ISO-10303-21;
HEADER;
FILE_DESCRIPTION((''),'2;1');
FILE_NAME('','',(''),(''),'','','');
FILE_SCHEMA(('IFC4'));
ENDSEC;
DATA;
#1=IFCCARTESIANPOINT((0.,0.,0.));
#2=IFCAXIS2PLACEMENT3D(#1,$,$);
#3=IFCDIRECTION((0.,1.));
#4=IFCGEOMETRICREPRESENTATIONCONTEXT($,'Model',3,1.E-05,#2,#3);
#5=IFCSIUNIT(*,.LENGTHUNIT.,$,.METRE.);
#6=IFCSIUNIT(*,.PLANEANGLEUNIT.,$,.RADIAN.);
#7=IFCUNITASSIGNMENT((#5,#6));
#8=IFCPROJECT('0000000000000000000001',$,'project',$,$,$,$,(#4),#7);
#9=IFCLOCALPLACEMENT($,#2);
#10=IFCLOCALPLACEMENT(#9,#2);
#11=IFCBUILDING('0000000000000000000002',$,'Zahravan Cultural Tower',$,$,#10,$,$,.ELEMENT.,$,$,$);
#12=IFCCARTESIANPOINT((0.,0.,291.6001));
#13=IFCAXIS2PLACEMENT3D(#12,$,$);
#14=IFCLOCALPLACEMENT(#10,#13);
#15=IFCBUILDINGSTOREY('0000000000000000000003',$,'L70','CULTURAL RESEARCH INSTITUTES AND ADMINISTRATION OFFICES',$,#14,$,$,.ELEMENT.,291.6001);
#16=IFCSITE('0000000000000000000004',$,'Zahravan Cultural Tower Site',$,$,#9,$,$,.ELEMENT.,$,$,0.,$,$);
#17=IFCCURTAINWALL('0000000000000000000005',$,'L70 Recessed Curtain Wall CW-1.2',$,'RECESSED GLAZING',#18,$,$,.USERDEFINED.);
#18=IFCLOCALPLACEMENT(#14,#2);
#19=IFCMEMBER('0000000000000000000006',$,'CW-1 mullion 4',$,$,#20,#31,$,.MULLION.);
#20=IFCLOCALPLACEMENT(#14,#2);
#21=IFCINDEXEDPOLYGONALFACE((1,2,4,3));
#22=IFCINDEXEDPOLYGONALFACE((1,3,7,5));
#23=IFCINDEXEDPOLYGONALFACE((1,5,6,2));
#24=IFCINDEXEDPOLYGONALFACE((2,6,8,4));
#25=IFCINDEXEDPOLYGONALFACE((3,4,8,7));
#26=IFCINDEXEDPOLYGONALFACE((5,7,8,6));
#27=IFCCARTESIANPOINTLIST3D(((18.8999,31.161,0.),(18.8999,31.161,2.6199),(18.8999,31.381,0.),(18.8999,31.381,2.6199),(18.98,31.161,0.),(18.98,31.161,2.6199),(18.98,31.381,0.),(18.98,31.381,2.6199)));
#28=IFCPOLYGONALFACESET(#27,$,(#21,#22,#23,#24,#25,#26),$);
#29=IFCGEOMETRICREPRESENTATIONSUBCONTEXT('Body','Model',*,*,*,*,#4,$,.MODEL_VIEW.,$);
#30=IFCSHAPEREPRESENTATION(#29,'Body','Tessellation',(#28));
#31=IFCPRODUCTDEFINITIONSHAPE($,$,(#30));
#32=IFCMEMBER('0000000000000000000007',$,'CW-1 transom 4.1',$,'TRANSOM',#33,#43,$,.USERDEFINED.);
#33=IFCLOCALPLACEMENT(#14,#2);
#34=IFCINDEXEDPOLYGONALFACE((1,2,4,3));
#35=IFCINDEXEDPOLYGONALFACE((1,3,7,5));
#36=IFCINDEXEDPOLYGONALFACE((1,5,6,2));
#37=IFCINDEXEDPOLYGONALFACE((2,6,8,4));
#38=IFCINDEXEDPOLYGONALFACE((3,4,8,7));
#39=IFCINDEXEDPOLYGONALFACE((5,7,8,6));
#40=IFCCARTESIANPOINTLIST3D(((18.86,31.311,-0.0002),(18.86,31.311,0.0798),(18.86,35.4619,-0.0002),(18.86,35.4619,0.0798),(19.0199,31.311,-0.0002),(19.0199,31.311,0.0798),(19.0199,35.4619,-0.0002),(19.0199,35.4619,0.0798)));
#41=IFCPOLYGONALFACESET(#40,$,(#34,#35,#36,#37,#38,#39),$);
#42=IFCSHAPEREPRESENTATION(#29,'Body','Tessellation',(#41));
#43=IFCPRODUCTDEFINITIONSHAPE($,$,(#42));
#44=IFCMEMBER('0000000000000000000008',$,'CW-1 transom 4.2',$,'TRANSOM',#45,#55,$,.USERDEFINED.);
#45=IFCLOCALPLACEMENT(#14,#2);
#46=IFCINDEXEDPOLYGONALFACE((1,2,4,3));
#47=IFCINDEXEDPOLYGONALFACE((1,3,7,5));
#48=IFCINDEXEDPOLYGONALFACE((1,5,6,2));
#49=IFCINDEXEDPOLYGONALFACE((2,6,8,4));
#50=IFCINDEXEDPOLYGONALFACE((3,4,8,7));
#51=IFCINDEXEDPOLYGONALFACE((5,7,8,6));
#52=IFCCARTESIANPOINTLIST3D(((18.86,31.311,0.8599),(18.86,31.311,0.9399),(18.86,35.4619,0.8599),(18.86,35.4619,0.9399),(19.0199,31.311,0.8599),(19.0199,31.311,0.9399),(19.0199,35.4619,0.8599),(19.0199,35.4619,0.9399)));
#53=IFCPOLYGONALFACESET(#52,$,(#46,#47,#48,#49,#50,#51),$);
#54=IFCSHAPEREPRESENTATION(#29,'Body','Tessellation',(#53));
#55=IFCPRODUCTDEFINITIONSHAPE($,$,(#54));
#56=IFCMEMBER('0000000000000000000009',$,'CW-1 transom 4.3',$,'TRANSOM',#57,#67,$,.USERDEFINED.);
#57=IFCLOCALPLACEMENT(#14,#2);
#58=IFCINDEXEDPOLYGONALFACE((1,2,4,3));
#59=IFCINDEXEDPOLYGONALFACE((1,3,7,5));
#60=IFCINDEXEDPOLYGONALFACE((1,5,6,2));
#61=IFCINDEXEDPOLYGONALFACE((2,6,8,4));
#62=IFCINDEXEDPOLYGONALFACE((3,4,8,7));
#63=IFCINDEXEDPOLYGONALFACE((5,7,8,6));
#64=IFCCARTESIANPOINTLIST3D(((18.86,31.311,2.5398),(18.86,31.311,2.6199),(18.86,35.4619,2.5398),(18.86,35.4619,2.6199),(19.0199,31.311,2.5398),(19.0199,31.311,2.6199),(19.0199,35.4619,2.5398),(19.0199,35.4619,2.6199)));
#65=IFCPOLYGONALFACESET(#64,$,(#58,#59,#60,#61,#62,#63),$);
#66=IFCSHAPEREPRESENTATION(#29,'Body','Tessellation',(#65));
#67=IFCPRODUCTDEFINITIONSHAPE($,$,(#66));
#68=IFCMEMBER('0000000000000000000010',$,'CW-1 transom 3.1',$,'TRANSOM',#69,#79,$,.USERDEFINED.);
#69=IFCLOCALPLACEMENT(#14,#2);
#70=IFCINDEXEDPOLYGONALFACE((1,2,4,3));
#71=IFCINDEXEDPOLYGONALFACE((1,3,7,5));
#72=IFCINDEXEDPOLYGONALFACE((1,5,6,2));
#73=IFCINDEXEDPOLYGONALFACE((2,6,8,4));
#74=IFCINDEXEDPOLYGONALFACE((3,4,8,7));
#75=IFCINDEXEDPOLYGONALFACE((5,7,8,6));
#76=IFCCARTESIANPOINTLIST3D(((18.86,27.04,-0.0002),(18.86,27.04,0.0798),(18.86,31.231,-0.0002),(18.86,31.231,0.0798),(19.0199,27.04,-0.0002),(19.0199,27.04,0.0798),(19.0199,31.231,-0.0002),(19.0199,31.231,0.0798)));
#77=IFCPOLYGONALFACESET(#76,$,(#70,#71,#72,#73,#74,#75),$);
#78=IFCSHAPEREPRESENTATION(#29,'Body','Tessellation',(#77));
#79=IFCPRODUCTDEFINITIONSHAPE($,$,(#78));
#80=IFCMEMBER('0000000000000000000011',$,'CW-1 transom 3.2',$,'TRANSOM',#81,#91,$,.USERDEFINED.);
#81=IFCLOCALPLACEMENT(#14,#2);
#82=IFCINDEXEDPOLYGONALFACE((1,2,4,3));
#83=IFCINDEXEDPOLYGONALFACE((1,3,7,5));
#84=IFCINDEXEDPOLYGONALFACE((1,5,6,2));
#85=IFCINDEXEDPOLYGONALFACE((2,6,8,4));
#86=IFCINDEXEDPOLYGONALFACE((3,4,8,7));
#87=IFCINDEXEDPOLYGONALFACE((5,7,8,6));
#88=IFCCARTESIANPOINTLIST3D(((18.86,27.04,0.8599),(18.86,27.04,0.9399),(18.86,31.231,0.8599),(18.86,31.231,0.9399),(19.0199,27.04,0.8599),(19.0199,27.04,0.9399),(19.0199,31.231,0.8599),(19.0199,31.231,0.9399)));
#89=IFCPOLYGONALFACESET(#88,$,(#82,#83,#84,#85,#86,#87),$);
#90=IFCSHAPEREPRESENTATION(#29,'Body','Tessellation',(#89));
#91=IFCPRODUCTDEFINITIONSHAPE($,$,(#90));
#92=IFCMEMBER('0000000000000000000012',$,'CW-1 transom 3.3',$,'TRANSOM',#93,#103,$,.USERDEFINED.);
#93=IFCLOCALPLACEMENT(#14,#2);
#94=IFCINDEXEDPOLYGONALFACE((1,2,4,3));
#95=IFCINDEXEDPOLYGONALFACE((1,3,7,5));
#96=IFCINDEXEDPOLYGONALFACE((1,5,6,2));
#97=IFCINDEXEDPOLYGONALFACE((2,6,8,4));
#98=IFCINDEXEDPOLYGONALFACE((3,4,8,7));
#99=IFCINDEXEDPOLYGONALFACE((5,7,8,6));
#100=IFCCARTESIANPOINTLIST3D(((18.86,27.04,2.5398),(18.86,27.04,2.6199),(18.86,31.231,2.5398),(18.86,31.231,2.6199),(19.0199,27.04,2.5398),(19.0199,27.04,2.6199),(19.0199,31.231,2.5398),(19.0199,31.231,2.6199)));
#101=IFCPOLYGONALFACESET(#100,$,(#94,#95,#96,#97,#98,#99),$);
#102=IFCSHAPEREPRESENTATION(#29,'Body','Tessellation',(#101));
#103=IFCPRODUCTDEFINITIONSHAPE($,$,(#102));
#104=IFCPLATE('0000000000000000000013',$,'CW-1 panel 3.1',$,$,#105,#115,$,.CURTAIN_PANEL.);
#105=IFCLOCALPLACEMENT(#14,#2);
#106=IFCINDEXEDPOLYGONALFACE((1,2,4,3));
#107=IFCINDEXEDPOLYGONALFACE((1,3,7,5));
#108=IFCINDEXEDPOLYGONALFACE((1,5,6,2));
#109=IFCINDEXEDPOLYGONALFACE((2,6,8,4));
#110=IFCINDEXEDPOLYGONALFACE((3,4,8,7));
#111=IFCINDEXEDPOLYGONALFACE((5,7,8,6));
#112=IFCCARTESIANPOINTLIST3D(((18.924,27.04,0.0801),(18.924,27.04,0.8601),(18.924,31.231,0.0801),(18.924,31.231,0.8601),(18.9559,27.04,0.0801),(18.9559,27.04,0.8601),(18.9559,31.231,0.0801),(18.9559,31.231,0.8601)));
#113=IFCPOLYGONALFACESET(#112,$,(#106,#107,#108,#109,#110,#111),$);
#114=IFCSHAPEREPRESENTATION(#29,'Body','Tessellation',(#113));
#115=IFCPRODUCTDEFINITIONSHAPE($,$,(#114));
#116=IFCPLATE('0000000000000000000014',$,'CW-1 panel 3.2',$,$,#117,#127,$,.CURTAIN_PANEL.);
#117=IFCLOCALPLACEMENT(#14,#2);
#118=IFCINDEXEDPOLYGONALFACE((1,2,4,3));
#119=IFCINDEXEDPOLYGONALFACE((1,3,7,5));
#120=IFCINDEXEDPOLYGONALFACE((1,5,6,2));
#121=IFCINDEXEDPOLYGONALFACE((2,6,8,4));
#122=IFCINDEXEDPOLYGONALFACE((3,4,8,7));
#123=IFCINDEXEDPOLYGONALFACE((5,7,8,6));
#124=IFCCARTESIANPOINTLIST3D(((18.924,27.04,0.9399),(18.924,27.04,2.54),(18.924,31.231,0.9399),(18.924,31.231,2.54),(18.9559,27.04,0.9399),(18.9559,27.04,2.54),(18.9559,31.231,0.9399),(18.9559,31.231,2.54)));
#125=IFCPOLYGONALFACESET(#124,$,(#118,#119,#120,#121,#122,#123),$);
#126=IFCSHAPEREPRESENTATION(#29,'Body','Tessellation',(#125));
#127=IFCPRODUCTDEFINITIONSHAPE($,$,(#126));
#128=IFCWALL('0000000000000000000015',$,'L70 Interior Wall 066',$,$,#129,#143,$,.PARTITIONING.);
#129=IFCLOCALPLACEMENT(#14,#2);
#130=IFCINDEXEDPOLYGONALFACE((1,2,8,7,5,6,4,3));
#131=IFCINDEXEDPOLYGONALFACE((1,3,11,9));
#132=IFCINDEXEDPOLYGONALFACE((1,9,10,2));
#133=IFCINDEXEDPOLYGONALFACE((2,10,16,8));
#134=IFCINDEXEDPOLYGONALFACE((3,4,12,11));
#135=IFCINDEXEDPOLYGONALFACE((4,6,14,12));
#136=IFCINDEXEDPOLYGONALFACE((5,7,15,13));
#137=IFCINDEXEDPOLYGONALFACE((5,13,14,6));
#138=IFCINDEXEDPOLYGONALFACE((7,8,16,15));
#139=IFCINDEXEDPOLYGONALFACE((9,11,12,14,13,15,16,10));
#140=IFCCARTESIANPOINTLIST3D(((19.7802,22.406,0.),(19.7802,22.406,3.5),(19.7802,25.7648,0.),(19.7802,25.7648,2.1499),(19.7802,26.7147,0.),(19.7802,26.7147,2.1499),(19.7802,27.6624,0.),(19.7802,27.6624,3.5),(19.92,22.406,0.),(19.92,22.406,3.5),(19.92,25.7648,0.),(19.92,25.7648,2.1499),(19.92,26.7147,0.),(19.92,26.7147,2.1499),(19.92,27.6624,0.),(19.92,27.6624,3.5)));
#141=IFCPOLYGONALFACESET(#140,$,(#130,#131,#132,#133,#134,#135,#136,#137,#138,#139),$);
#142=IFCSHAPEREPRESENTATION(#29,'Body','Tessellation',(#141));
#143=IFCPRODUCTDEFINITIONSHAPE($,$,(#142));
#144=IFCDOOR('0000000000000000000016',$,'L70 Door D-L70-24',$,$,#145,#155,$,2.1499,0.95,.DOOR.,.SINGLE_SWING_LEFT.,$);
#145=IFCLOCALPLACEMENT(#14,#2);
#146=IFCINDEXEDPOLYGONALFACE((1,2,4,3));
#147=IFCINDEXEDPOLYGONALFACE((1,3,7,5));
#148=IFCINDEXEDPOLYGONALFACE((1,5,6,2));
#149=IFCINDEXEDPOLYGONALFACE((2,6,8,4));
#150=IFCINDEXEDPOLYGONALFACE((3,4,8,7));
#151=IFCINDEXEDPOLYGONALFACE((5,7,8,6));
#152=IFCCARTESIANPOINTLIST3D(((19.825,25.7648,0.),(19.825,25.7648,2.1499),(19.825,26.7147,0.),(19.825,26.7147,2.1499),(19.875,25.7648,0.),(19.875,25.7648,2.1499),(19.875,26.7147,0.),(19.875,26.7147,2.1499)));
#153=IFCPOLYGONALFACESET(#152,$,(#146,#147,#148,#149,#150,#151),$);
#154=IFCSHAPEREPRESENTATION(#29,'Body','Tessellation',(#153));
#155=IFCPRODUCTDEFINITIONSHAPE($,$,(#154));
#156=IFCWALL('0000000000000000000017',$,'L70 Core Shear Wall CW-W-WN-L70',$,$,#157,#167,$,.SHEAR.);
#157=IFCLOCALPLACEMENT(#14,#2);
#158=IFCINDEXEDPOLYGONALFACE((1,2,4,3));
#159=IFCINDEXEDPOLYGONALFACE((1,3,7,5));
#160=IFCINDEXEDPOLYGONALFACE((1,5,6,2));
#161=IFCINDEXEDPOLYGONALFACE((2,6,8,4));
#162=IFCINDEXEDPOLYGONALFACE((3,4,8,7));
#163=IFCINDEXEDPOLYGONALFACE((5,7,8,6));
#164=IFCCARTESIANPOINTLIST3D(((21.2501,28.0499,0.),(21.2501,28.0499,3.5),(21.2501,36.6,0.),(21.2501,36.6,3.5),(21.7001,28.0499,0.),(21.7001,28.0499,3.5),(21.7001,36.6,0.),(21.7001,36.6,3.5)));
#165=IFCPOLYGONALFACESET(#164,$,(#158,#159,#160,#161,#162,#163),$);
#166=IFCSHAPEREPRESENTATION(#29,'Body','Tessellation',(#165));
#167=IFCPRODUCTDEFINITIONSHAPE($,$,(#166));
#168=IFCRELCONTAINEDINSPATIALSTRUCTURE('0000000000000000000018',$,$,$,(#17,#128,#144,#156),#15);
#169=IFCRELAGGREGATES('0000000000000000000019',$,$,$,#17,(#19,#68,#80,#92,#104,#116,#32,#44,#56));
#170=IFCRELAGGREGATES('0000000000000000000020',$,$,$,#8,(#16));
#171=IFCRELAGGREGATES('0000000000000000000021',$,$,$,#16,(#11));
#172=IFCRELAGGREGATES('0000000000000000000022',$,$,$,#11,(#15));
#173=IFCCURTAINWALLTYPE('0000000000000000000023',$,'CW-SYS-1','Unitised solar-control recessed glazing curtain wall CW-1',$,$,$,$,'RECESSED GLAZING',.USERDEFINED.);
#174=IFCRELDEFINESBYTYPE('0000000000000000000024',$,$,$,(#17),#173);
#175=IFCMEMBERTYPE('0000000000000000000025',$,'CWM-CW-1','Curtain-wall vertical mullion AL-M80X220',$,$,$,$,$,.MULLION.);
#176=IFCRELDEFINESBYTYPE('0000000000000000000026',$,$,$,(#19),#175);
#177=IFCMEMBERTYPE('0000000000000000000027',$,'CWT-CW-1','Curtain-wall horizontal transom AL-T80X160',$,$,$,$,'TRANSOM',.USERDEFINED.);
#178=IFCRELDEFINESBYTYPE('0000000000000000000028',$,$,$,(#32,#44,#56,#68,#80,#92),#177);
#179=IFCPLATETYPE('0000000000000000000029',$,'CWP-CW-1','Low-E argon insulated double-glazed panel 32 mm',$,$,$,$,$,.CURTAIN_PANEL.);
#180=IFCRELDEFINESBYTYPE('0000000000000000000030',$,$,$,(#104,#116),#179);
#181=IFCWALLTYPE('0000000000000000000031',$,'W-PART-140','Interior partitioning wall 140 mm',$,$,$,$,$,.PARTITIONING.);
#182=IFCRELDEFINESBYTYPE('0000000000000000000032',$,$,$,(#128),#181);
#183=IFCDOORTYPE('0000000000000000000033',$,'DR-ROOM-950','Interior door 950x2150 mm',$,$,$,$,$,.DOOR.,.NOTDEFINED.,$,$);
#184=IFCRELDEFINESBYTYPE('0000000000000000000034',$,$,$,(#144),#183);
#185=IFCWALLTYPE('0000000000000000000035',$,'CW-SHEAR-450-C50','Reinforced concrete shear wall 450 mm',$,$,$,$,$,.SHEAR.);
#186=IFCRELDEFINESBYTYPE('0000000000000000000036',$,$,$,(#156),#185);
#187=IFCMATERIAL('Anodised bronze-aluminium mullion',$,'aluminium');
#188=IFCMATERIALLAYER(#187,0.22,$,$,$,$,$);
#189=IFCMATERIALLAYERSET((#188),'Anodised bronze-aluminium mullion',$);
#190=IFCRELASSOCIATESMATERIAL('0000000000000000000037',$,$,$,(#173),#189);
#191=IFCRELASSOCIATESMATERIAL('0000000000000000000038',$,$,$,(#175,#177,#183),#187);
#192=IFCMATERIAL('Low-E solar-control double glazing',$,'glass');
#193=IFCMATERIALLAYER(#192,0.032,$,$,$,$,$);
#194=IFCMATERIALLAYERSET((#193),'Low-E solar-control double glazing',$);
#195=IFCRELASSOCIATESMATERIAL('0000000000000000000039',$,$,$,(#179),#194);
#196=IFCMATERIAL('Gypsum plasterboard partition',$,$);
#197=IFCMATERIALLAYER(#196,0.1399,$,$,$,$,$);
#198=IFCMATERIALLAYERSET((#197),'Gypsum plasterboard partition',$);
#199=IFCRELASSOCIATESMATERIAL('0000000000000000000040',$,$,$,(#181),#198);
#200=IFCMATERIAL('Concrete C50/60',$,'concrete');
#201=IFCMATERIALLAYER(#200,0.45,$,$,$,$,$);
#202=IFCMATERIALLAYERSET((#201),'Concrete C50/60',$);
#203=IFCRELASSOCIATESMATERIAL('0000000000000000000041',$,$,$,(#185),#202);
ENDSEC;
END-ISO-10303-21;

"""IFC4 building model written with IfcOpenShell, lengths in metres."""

from ifc_helpers import new_model, si_unit, direction, frame, frame_2d, origin, origin_2d, place, context, subcontext, project, spatial, rectangle, extrude, source, transform, mapped, material, layer, layer_set, material_profile, profile_set, type_object, element, fill, aggregate, save


model = new_model("IFC4")

# Units and contexts
model_context = context("Model", 3, precision=1e-05, world=origin(), true_north=direction((0.0, 1.0)))
body_context = subcontext(model_context, "Body", "Model", "MODEL_VIEW")
ifc_project = project(units=[si_unit("LENGTHUNIT", "METRE"), si_unit("PLANEANGLEUNIT", "RADIAN")], contexts=[model_context])

# Site, building, storey
site_placement = place(None, origin())
site = spatial("IfcSite", under=ifc_project, at=site_placement, Name="Zahravan Cultural Tower Site", CompositionType="ELEMENT", RefElevation=0.0)
building_placement = place(site_placement, origin())
building = spatial("IfcBuilding", under=site, at=building_placement, Name="Zahravan Cultural Tower", CompositionType="ELEMENT")
storey_placement = place(building_placement, frame((0.0, 0.0, 291.6001)))
storey = spatial("IfcBuildingStorey", under=building, at=storey_placement, Name="L70", Description="CULTURAL RESEARCH INSTITUTES AND ADMINISTRATION OFFICES", CompositionType="ELEMENT", Elevation=291.6001)

# Curtain wall, members, plates
ifc_material_1 = material(Name="Anodised bronze-aluminium mullion", Category="aluminium")
ifc_layer_1 = layer(ifc_material_1, 0.22)
ifc_layer_set_1 = layer_set([ifc_layer_1], Name="Anodised bronze-aluminium mullion")
curtain_wall_type = type_object("IfcCurtainWallType", Name="CW-SYS-1", Description="Unitised solar-control recessed glazing curtain wall CW-1", ElementType="RECESSED GLAZING", PredefinedType="USERDEFINED", material=ifc_layer_set_1)
curtain_wall_placement = place(storey_placement, origin())
curtain_wall = element("IfcCurtainWall", 1, at=curtain_wall_placement, inside=storey, type_object=curtain_wall_type, Name="L70 Recessed Curtain Wall CW-1.2", ObjectType="RECESSED GLAZING", PredefinedType="USERDEFINED")
ifc_material_profile_1 = material_profile(ifc_material_1, rectangle(XDim=0.0801, YDim=0.22, at=origin_2d()), Name="AL-M80X220")
ifc_profile_set_1 = profile_set([ifc_material_profile_1], Name="Anodised bronze-aluminium mullion")
member_type_1 = type_object("IfcMemberType", Name="CWM-CW-1", Description="Curtain-wall vertical mullion AL-M80X220", PredefinedType="MULLION", material=ifc_profile_set_1)
shared_shape_1 = source(origin(), body_context, "Body", "SweptSolid", [
    extrude(rectangle(XDim=0.0801, YDim=0.22, at=origin_2d()), origin(), (0.0, 0.0, 1.0), 2.6199),
])
member_1_placement = place(storey_placement, frame((18.9399, 31.271, 0.0), z_axis=(0.0, 0.0, 1.0), x_axis=(-1.0, 0.0, 0.0)))
member_1 = element("IfcMember", 2, at=member_1_placement, type_object=member_type_1, Name="CW-1 mullion 4", PredefinedType="MULLION", context=body_context, shape_type="MappedRepresentation", body=[
    mapped(shared_shape_1, transform((0.0, 0.0, 0.0), x_axis=(1.0, 0.0, 0.0), y_axis=(0.0, 1.0, 0.0), z_axis=(0.0, 0.0, 1.0), scale=1.0)),
])
ifc_material_profile_2 = material_profile(ifc_material_1, rectangle(XDim=0.1599, YDim=0.0801, at=origin_2d()), Name="AL-T80X160")
ifc_profile_set_2 = profile_set([ifc_material_profile_2], Name="Anodised bronze-aluminium mullion")
member_type_2 = type_object("IfcMemberType", Name="CWT-CW-1", Description="Curtain-wall horizontal transom AL-T80X160", ElementType="TRANSOM", PredefinedType="USERDEFINED", material=ifc_profile_set_2)
shared_shape_2 = source(origin(), body_context, "Body", "SweptSolid", [
    extrude(rectangle(XDim=0.1599, YDim=0.0801, at=origin_2d()), origin(), (0.0, 0.0, 1.0), 4.1509),
])
member_2_placement = place(storey_placement, frame((18.9399, 31.311, 0.0398), z_axis=(0.0, 1.0, 0.0), x_axis=(-1.0, 0.0, 0.0)))
member_2 = element("IfcMember", 3, at=member_2_placement, type_object=member_type_2, Name="CW-1 transom 4.1", ObjectType="TRANSOM", PredefinedType="USERDEFINED", context=body_context, shape_type="MappedRepresentation", body=[
    mapped(shared_shape_2, transform((0.0, 0.0, 0.0), x_axis=(1.0, 0.0, 0.0), y_axis=(0.0, 1.0, 0.0), z_axis=(0.0, 0.0, 1.0), scale=1.0)),
])
member_3_placement = place(storey_placement, frame((18.9399, 31.311, 0.8999), z_axis=(0.0, 1.0, 0.0), x_axis=(-1.0, 0.0, 0.0)))
member_3 = element("IfcMember", 4, at=member_3_placement, type_object=member_type_2, Name="CW-1 transom 4.2", ObjectType="TRANSOM", PredefinedType="USERDEFINED", context=body_context, shape_type="MappedRepresentation", body=[
    mapped(shared_shape_2, transform((0.0, 0.0, 0.0), x_axis=(1.0, 0.0, 0.0), y_axis=(0.0, 1.0, 0.0), z_axis=(0.0, 0.0, 1.0), scale=1.0)),
])
member_4_placement = place(storey_placement, frame((18.9399, 31.311, 2.5798), z_axis=(0.0, 1.0, 0.0), x_axis=(-1.0, 0.0, 0.0)))
member_4 = element("IfcMember", 5, at=member_4_placement, type_object=member_type_2, Name="CW-1 transom 4.3", ObjectType="TRANSOM", PredefinedType="USERDEFINED", context=body_context, shape_type="MappedRepresentation", body=[
    mapped(shared_shape_2, transform((0.0, 0.0, 0.0), x_axis=(1.0, 0.0, 0.0), y_axis=(0.0, 1.0, 0.0), z_axis=(0.0, 0.0, 1.0), scale=1.0)),
])
shared_shape_3 = source(origin(), body_context, "Body", "SweptSolid", [
    extrude(rectangle(XDim=0.1599, YDim=0.0801, at=origin_2d()), origin(), (0.0, 0.0, 1.0), 4.1909),
])
member_5_placement = place(storey_placement, frame((18.9399, 27.04, 0.0398), z_axis=(0.0, 1.0, 0.0), x_axis=(-1.0, 0.0, 0.0)))
member_5 = element("IfcMember", 6, at=member_5_placement, type_object=member_type_2, Name="CW-1 transom 3.1", ObjectType="TRANSOM", PredefinedType="USERDEFINED", context=body_context, shape_type="MappedRepresentation", body=[
    mapped(shared_shape_3, transform((0.0, 0.0, 0.0), x_axis=(1.0, 0.0, 0.0), y_axis=(0.0, 1.0, 0.0), z_axis=(0.0, 0.0, 1.0), scale=1.0)),
])
member_6_placement = place(storey_placement, frame((18.9399, 27.04, 0.8999), z_axis=(0.0, 1.0, 0.0), x_axis=(-1.0, 0.0, 0.0)))
member_6 = element("IfcMember", 7, at=member_6_placement, type_object=member_type_2, Name="CW-1 transom 3.2", ObjectType="TRANSOM", PredefinedType="USERDEFINED", context=body_context, shape_type="MappedRepresentation", body=[
    mapped(shared_shape_3, transform((0.0, 0.0, 0.0), x_axis=(1.0, 0.0, 0.0), y_axis=(0.0, 1.0, 0.0), z_axis=(0.0, 0.0, 1.0), scale=1.0)),
])
member_7_placement = place(storey_placement, frame((18.9399, 27.04, 2.5798), z_axis=(0.0, 1.0, 0.0), x_axis=(-1.0, 0.0, 0.0)))
member_7 = element("IfcMember", 8, at=member_7_placement, type_object=member_type_2, Name="CW-1 transom 3.3", ObjectType="TRANSOM", PredefinedType="USERDEFINED", context=body_context, shape_type="MappedRepresentation", body=[
    mapped(shared_shape_3, transform((0.0, 0.0, 0.0), x_axis=(1.0, 0.0, 0.0), y_axis=(0.0, 1.0, 0.0), z_axis=(0.0, 0.0, 1.0), scale=1.0)),
])
ifc_material_2 = material(Name="Low-E solar-control double glazing", Category="glass")
ifc_layer_2 = layer(ifc_material_2, 0.032)
ifc_layer_set_2 = layer_set([ifc_layer_2], Name="Low-E solar-control double glazing")
plate_type = type_object("IfcPlateType", Name="CWP-CW-1", Description="Low-E argon insulated double-glazed panel 32 mm", PredefinedType="CURTAIN_PANEL", material=ifc_layer_set_2)
shared_shape_4 = source(origin(), body_context, "Body", "SweptSolid", [
    extrude(rectangle(XDim=4.1909, YDim=0.032, at=origin_2d()), origin(), (0.0, 0.0, 1.0), 0.78),
])
plate_1_placement = place(storey_placement, frame((18.9399, 29.1355, 0.0801), z_axis=(0.0, 0.0, 1.0), x_axis=(0.0, 1.0, 0.0)))
plate_1 = element("IfcPlate", 9, at=plate_1_placement, type_object=plate_type, Name="CW-1 panel 3.1", PredefinedType="CURTAIN_PANEL", context=body_context, shape_type="MappedRepresentation", body=[
    mapped(shared_shape_4, transform((0.0, 0.0, 0.0), x_axis=(1.0, 0.0, 0.0), y_axis=(0.0, 1.0, 0.0), z_axis=(0.0, 0.0, 1.0), scale=1.0)),
])
shared_shape_5 = source(origin(), body_context, "Body", "SweptSolid", [
    extrude(rectangle(XDim=4.1909, YDim=0.032, at=origin_2d()), origin(), (0.0, 0.0, 1.0), 1.6001),
])
plate_2_placement = place(storey_placement, frame((18.9399, 29.1355, 0.9399), z_axis=(0.0, 0.0, 1.0), x_axis=(0.0, 1.0, 0.0)))
plate_2 = element("IfcPlate", 10, at=plate_2_placement, type_object=plate_type, Name="CW-1 panel 3.2", PredefinedType="CURTAIN_PANEL", context=body_context, shape_type="MappedRepresentation", body=[
    mapped(shared_shape_5, transform((0.0, 0.0, 0.0), x_axis=(1.0, 0.0, 0.0), y_axis=(0.0, 1.0, 0.0), z_axis=(0.0, 0.0, 1.0), scale=1.0)),
])
aggregate(curtain_wall, [member_1, member_5, member_6, member_7, plate_1, plate_2, member_2, member_3, member_4])

# Wall, opening, door
ifc_material_3 = material(Name="Gypsum plasterboard partition")
ifc_layer_3 = layer(ifc_material_3, 0.1399)
ifc_layer_set_3 = layer_set([ifc_layer_3], Name="Gypsum plasterboard partition")
wall_type_1 = type_object("IfcWallType", Name="W-PART-140", Description="Interior partitioning wall 140 mm", PredefinedType="PARTITIONING", material=ifc_layer_set_3)
wall_1_placement = place(storey_placement, frame((19.8501, 27.6624, 0.0), z_axis=(0.0, 0.0, 1.0), x_axis=(0.0, -1.0, 0.0)))
wall_1 = element("IfcWall", 11, at=wall_1_placement, inside=storey, type_object=wall_type_1, Name="L70 Interior Wall 066", PredefinedType="PARTITIONING", context=body_context, shape_type="SweptSolid", body=[
    extrude(rectangle(XDim=5.2563, YDim=0.1399, at=frame_2d((2.6282, 0.0))), origin(), (0.0, 0.0, 1.0), 3.5),
])
opening_1_placement = place(wall_1_placement, frame((0.9475, 0.0, 0.0)))
opening_1 = element("IfcOpeningElement", 12, at=opening_1_placement, cuts=wall_1, PredefinedType="OPENING", context=body_context, shape_type="SweptSolid", body=[
    extrude(rectangle(XDim=0.95, YDim=2.1499, at=frame_2d((0.4751, 1.075))), frame((0.0, 0.0798, 0.0), z_axis=(0.0, -1.0, 0.0), x_axis=(1.0, 0.0, 0.0)), (0.0, 0.0, 1.0), 0.1599),
])
door_type = type_object("IfcDoorType", Name="DR-ROOM-950", Description="Interior door 950x2150 mm", OperationType="NOTDEFINED", PredefinedType="DOOR", material=ifc_material_1)
shared_shape_6 = source(origin(), body_context, "Body", "SweptSolid", [
    extrude(rectangle(XDim=0.95, YDim=2.1499, at=frame_2d((0.4751, 1.075))), frame((0.0, 0.0249, 0.0), z_axis=(0.0, -1.0, 0.0), x_axis=(1.0, 0.0, 0.0)), (0.0, 0.0, 1.0), 0.05),
])
door_1_placement = place(opening_1_placement, origin())
door_1 = element("IfcDoor", 13, at=door_1_placement, inside=storey, type_object=door_type, Name="L70 Door D-L70-24", OperationType="SINGLE_SWING_LEFT", OverallHeight=2.1499, OverallWidth=0.95, PredefinedType="DOOR", context=body_context, shape_type="MappedRepresentation", body=[
    mapped(shared_shape_6, transform((0.0, 0.0, 0.0), x_axis=(1.0, 0.0, 0.0), y_axis=(0.0, 1.0, 0.0), z_axis=(0.0, 0.0, 1.0), scale=1.0)),
])
fill(opening_1, door_1)

# Wall
ifc_material_4 = material(Name="Concrete C50/60", Category="concrete")
ifc_layer_4 = layer(ifc_material_4, 0.45)
ifc_layer_set_4 = layer_set([ifc_layer_4], Name="Concrete C50/60")
wall_type_2 = type_object("IfcWallType", Name="CW-SHEAR-450-C50", Description="Reinforced concrete shear wall 450 mm", PredefinedType="SHEAR", material=ifc_layer_set_4)
shared_shape_7 = source(origin(), body_context, "Body", "SweptSolid", [
    extrude(rectangle(XDim=8.55, YDim=0.45, at=frame_2d((4.2749, 0.0))), origin(), (0.0, 0.0, 1.0), 3.5),
])
wall_2_placement = place(storey_placement, frame((21.4751, 28.05, 0.0), z_axis=(0.0, 0.0, 1.0), x_axis=(0.0, 1.0, 0.0)))
element("IfcWall", 14, at=wall_2_placement, inside=storey, type_object=wall_type_2, Name="L70 Core Shear Wall CW-W-WN-L70", PredefinedType="SHEAR", context=body_context, shape_type="MappedRepresentation", body=[
    mapped(shared_shape_7, transform((0.0, 0.0, 0.0), x_axis=(1.0, 0.0, 0.0), y_axis=(0.0, 1.0, 0.0), z_axis=(0.0, 0.0, 1.0), scale=1.0)),
])

save(model, "model.ifc")
